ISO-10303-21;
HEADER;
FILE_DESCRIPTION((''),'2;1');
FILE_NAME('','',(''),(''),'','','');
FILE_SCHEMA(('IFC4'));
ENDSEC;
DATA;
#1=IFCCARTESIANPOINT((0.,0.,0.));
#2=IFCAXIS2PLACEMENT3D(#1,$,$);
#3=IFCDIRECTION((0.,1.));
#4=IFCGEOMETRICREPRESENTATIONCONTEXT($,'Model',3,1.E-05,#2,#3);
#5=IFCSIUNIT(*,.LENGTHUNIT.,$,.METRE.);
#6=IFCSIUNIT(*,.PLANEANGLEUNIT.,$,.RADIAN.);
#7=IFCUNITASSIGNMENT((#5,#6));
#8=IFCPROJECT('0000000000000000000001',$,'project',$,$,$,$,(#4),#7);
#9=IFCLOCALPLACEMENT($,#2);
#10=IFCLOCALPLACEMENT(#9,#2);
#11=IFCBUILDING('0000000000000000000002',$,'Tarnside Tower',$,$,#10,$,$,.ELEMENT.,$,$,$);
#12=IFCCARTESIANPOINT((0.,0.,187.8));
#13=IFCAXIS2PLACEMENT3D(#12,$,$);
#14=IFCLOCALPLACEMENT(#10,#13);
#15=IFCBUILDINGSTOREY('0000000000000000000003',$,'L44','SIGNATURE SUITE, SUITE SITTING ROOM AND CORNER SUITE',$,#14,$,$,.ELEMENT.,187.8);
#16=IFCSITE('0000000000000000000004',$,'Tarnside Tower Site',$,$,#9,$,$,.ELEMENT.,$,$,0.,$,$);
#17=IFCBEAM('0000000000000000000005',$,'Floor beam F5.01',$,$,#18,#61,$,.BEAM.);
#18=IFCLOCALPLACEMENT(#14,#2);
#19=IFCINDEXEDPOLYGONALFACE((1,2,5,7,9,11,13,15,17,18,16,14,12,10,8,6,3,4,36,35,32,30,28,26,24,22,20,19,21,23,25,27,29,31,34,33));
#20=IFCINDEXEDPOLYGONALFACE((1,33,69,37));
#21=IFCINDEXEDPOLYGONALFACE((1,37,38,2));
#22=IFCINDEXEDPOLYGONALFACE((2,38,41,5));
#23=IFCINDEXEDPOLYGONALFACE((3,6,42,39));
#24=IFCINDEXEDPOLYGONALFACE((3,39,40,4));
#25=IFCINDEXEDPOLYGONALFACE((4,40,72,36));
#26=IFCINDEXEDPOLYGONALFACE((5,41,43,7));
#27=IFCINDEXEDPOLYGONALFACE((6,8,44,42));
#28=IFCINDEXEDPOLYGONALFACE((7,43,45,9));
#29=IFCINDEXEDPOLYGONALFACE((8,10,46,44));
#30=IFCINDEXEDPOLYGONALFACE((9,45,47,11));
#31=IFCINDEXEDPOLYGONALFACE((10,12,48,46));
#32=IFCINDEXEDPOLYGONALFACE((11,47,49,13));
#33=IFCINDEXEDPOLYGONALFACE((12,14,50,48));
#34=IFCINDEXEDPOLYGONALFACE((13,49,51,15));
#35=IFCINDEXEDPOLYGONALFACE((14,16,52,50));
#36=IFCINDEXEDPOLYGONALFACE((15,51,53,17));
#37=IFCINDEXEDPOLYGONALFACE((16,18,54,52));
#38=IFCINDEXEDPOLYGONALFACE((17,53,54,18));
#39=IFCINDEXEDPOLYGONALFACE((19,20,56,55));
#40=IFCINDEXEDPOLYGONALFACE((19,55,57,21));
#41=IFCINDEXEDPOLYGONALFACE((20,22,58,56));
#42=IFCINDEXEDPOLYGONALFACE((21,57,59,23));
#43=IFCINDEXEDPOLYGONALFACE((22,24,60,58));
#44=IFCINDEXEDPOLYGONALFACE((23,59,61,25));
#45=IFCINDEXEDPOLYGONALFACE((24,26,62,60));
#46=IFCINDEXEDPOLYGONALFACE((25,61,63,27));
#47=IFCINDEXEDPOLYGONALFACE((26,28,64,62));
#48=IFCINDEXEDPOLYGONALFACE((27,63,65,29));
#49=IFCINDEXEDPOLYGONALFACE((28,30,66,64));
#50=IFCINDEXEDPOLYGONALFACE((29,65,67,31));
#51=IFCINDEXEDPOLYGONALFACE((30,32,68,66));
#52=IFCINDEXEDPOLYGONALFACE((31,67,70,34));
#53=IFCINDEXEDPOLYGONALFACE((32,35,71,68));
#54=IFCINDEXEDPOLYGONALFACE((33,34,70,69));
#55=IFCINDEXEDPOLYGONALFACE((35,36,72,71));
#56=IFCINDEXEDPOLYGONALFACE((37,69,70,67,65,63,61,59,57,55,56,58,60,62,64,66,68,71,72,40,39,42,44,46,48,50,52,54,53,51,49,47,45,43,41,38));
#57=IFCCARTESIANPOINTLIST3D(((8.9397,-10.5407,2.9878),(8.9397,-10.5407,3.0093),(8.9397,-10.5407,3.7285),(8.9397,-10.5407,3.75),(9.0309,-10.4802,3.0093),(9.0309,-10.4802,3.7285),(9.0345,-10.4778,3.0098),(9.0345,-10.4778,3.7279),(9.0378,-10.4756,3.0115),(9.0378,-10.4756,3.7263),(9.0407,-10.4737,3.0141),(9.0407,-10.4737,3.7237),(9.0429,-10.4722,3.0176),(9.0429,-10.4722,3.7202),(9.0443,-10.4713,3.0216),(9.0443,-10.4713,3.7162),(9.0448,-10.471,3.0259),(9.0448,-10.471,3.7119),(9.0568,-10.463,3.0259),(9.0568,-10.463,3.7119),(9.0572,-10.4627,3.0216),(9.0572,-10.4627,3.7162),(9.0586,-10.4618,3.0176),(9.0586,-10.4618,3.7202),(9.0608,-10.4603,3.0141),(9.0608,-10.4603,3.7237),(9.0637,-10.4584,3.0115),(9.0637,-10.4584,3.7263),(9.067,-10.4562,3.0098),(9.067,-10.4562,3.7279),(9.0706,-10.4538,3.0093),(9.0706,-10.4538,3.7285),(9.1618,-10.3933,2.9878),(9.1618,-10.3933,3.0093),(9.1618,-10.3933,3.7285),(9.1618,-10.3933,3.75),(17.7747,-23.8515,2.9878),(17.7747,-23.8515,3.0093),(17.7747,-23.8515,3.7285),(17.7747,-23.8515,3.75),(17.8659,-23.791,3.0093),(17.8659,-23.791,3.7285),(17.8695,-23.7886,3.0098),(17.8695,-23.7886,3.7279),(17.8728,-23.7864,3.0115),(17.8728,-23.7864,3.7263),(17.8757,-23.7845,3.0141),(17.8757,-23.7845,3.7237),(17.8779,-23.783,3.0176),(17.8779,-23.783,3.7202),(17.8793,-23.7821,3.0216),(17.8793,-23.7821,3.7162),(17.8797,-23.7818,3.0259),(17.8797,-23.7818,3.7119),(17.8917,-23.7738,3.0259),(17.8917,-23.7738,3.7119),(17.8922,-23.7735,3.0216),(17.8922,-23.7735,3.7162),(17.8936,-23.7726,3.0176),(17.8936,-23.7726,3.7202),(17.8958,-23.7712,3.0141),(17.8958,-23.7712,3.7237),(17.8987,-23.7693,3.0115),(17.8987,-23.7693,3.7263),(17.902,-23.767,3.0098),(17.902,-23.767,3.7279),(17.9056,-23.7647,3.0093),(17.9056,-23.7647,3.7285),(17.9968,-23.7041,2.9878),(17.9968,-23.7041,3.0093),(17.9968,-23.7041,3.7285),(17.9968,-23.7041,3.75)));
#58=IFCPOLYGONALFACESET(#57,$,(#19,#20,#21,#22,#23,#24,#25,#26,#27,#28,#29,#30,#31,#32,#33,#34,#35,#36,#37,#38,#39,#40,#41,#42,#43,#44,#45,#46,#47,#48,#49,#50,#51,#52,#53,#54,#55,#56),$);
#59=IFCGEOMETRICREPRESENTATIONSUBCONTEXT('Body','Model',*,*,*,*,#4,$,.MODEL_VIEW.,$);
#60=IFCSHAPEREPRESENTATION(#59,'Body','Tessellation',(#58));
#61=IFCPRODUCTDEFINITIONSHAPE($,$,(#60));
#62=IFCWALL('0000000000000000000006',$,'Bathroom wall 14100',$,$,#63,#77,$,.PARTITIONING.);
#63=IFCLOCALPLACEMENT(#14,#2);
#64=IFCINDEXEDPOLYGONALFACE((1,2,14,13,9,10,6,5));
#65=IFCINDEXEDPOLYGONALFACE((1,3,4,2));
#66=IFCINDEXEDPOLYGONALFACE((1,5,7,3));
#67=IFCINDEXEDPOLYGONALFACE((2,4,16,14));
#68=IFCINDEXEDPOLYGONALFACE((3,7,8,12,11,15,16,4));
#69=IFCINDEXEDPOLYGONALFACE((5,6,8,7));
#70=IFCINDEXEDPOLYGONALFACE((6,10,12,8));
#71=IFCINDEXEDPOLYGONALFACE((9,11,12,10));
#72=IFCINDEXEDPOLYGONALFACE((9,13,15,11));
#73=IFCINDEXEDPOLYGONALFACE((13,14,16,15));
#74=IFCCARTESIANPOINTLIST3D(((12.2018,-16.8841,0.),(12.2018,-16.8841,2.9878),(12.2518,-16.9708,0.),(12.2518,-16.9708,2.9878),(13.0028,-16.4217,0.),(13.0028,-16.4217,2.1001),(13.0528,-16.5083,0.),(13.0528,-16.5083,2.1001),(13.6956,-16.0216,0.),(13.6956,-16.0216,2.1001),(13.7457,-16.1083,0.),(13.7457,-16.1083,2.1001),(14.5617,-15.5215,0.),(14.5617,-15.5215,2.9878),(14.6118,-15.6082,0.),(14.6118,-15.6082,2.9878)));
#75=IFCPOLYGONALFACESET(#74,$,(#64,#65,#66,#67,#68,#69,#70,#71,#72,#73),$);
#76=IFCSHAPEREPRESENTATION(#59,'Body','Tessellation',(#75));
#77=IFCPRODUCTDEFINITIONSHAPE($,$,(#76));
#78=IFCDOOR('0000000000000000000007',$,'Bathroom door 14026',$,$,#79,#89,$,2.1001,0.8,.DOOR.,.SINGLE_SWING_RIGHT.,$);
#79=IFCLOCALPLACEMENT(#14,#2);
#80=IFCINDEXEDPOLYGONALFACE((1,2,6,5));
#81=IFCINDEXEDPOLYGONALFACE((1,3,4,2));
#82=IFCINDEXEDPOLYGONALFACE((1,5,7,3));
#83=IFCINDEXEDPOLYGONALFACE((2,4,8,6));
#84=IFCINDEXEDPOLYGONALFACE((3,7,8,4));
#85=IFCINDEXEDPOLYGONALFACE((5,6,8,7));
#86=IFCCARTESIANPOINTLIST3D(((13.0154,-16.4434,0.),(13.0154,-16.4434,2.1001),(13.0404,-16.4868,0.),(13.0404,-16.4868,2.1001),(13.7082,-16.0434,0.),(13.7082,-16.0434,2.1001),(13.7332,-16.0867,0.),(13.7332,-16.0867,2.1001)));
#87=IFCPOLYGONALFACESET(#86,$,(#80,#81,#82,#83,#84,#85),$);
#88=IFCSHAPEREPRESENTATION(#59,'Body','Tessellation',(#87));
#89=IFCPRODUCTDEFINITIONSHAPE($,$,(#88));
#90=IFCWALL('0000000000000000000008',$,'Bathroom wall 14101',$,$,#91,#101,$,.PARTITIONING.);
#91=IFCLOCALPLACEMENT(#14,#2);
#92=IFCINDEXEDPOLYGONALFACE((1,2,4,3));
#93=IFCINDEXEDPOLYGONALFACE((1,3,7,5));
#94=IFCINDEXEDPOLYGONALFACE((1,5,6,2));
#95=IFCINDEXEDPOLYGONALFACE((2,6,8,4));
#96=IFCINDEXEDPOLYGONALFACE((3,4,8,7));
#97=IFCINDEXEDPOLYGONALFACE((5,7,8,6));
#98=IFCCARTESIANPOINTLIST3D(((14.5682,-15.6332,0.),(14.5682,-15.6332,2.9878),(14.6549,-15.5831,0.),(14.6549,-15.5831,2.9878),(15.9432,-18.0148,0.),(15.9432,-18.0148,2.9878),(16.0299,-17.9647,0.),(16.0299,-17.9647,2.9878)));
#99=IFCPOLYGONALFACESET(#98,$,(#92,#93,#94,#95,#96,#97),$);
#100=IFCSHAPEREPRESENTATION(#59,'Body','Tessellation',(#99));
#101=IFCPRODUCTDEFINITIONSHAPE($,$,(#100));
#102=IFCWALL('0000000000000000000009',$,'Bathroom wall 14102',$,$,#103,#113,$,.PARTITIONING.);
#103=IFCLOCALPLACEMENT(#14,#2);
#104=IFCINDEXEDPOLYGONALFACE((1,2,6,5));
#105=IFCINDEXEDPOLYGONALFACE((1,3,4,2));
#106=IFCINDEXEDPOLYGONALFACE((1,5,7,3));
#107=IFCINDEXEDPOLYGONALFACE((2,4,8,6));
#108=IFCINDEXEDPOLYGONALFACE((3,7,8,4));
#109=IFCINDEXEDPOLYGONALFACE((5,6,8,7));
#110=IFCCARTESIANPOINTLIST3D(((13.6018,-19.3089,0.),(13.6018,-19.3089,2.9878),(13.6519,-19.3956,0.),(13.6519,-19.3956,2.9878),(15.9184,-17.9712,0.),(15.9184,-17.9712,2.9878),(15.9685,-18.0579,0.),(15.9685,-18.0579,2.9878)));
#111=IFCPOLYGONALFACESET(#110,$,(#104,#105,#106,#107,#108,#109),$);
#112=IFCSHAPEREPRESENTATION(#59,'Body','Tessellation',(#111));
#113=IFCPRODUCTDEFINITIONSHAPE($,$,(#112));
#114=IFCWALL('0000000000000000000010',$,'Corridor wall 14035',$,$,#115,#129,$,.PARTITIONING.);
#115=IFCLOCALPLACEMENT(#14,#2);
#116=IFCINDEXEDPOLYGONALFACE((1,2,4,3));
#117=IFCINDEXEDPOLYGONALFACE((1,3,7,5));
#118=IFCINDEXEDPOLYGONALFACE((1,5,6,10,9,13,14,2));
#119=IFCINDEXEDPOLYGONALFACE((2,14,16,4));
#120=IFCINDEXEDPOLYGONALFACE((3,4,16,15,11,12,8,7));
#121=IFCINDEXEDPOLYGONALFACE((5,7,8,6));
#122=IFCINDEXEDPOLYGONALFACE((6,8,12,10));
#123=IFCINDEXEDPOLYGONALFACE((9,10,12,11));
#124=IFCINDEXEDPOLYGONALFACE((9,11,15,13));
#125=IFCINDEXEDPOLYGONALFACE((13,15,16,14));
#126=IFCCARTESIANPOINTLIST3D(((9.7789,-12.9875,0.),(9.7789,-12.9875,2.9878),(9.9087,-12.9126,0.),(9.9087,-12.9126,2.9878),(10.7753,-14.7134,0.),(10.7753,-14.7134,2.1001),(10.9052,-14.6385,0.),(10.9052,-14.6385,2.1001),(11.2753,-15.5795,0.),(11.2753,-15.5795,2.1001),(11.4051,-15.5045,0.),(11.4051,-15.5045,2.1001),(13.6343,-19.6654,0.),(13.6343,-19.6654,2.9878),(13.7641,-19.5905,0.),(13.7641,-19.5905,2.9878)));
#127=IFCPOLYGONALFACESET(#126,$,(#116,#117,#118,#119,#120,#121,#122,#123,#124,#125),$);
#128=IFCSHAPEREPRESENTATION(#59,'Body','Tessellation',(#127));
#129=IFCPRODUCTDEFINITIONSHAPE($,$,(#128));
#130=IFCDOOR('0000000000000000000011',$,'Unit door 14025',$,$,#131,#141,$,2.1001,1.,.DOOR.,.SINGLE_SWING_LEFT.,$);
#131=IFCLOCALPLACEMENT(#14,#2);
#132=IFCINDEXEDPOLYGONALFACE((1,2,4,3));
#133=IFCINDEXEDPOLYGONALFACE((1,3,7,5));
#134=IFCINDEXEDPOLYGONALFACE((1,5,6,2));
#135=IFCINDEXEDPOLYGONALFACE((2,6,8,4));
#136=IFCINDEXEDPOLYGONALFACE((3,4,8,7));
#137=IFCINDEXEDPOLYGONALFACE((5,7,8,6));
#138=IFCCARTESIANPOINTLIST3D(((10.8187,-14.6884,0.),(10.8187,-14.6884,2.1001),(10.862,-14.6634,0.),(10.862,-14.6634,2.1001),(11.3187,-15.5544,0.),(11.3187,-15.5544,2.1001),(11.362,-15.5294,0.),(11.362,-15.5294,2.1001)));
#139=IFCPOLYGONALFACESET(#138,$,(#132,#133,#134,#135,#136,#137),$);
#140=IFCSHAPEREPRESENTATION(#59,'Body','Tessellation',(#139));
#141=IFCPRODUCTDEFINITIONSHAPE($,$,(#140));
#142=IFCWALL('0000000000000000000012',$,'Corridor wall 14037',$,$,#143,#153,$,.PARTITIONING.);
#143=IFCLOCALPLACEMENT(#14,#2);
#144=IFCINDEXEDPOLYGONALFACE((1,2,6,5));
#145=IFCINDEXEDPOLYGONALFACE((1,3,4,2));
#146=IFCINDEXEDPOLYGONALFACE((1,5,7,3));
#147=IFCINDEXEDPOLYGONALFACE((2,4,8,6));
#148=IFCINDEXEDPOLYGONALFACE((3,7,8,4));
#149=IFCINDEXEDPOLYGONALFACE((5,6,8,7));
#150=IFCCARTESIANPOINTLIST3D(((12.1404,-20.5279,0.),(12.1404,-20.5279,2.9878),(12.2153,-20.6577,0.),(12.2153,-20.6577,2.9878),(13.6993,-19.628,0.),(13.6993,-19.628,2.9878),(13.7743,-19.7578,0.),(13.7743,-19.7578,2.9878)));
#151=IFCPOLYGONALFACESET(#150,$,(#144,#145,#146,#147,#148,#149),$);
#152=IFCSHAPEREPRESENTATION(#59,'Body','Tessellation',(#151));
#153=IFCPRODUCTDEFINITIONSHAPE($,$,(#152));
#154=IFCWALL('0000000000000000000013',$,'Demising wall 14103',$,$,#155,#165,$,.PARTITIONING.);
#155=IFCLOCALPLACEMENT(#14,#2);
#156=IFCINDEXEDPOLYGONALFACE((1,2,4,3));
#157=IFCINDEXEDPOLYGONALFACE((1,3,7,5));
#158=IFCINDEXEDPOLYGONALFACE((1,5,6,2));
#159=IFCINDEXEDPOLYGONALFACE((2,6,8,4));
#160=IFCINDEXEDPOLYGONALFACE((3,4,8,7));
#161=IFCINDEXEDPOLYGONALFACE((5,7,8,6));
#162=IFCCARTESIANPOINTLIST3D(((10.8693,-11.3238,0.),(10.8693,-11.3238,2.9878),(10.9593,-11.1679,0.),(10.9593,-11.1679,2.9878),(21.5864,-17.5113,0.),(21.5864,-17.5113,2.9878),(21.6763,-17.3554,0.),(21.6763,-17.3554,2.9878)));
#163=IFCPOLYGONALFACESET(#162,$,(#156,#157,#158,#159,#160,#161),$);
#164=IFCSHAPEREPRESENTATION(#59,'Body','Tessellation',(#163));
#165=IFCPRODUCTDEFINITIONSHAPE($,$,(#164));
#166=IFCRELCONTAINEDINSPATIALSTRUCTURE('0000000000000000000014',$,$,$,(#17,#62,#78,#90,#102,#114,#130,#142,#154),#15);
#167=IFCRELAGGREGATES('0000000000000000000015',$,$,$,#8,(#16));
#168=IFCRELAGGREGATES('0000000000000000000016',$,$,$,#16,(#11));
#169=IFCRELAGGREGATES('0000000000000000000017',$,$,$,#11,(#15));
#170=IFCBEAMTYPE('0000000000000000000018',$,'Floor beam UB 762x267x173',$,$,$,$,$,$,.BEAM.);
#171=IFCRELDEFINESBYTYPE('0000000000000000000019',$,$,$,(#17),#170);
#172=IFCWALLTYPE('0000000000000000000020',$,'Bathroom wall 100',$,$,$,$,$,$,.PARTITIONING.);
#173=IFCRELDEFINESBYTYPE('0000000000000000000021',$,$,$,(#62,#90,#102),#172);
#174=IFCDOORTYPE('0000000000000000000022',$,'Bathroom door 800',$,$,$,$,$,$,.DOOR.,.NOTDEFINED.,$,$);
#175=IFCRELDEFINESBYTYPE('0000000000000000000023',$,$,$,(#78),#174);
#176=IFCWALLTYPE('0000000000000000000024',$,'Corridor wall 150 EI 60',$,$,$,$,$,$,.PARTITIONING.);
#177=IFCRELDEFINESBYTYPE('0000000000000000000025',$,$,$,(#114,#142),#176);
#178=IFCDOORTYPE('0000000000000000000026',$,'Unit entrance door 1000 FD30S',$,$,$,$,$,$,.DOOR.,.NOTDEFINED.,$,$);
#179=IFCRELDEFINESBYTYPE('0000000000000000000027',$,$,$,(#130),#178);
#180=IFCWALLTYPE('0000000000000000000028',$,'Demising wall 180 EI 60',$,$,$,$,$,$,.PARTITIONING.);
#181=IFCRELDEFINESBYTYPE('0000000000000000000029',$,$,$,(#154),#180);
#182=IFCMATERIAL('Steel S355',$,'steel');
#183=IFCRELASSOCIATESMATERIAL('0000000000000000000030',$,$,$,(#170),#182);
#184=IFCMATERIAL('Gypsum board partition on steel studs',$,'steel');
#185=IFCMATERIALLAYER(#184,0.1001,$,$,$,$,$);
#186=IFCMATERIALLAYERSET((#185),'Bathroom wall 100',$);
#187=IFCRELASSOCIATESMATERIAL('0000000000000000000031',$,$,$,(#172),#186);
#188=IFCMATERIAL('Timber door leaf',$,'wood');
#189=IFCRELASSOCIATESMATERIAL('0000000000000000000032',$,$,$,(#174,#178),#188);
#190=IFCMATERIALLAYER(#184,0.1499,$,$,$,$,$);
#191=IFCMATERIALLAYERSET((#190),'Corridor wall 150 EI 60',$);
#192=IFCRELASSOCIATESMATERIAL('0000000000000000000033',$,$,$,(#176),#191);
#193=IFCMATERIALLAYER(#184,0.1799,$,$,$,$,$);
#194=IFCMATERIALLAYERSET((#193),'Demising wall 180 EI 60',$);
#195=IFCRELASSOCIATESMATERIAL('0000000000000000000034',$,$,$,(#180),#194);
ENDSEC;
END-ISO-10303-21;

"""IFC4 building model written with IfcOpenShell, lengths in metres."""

from ifc_helpers import new_model, si_unit, direction, frame, frame_2d, origin, origin_2d, place, context, subcontext, project, spatial, rectangle, i_section, extrude, material, layer, layer_set, material_profile, profile_set, type_object, element, fill, save


model = new_model("IFC4")

# Units and contexts
model_context = context("Model", 3, precision=1e-05, world=origin(), true_north=direction((0.0, 1.0)))
body_context = subcontext(model_context, "Body", "Model", "MODEL_VIEW")
ifc_project = project(units=[si_unit("LENGTHUNIT", "METRE"), si_unit("PLANEANGLEUNIT", "RADIAN")], contexts=[model_context])

# Site, building, storey
site_placement = place(None, origin())
site = spatial("IfcSite", under=ifc_project, at=site_placement, Name="Tarnside Tower Site", CompositionType="ELEMENT", RefElevation=0.0)
building_placement = place(site_placement, origin())
building = spatial("IfcBuilding", under=site, at=building_placement, Name="Tarnside Tower", CompositionType="ELEMENT")
storey_placement = place(building_placement, frame((0.0, 0.0, 187.8)))
storey = spatial("IfcBuildingStorey", under=building, at=storey_placement, Name="L44", Description="SIGNATURE SUITE, SUITE SITTING ROOM AND CORNER SUITE", CompositionType="ELEMENT", Elevation=187.8)

# Beam
ifc_material_1 = material(Name="Steel S355", Category="steel")
ifc_material_profile_1 = material_profile(ifc_material_1, i_section(OverallWidth=0.2666, OverallDepth=0.7622, WebThickness=0.0144, FlangeThickness=0.0215, FilletRadius=0.0166, at=origin_2d()), Name="UB 762x267x173")
ifc_profile_set_1 = profile_set([ifc_material_profile_1], Name="Steel S355")
beam_type_1 = type_object("IfcBeamType", Name="Floor beam UB 762x267x173", PredefinedType="BEAM", material=ifc_profile_set_1)
beam_1_placement = place(storey_placement, frame((17.8857, -23.7778, 3.3689), z_axis=(-0.553013, 0.833172, 0.0), x_axis=(-0.833172, -0.553013, 0.0)))
element("IfcBeam", 1, at=beam_1_placement, inside=storey, type_object=beam_type_1, Name="Floor beam F5.01", PredefinedType="BEAM", context=body_context, shape_type="SweptSolid", body=[
    extrude(i_section(OverallWidth=0.2666, OverallDepth=0.7622, WebThickness=0.0144, FlangeThickness=0.0215, FilletRadius=0.0166, at=origin_2d()), origin(), (0.0, 0.0, 1.0), 15.9761),
])

# Wall, opening, door
ifc_material_2 = material(Name="Gypsum board partition on steel studs", Category="steel")
ifc_layer_1 = layer(ifc_material_2, 0.1001)
ifc_layer_set_1 = layer_set([ifc_layer_1], Name="Bathroom wall 100")
wall_type_1 = type_object("IfcWallType", Name="Bathroom wall 100", PredefinedType="PARTITIONING", material=ifc_layer_set_1)
wall_1_placement = place(storey_placement, frame((12.2268, -16.9275, 0.0), z_axis=(0.0, 0.0, 1.0), x_axis=(0.866013, 0.500022, 0.0)))
wall_1 = element("IfcWall", 2, at=wall_1_placement, inside=storey, type_object=wall_type_1, Name="Bathroom wall 14100", PredefinedType="PARTITIONING", context=body_context, shape_type="SweptSolid", body=[
    extrude(rectangle(XDim=2.7251, YDim=0.1001, at=frame_2d((1.3625, 0.0))), origin(), (0.0, 0.0, 1.0), 2.9878),
])
opening_1_placement = place(wall_1_placement, frame((0.925, 0.0, 0.0)))
opening_1 = element("IfcOpeningElement", 3, at=opening_1_placement, cuts=wall_1, PredefinedType="OPENING", context=body_context, shape_type="SweptSolid", body=[
    extrude(rectangle(XDim=0.8, YDim=2.1001, at=frame_2d((0.3999, 1.05))), frame((0.0, 0.0601, 0.0), z_axis=(0.0, -1.0, 0.0), x_axis=(1.0, 0.0, 0.0)), (0.0, 0.0, 1.0), 0.1201),
])
ifc_material_3 = material(Name="Timber door leaf", Category="wood")
door_type_1 = type_object("IfcDoorType", Name="Bathroom door 800", OperationType="NOTDEFINED", PredefinedType="DOOR", material=ifc_material_3)
door_1_placement = place(opening_1_placement, origin())
door_1 = element("IfcDoor", 4, at=door_1_placement, inside=storey, type_object=door_type_1, Name="Bathroom door 14026", OperationType="SINGLE_SWING_RIGHT", OverallHeight=2.1001, OverallWidth=0.8, PredefinedType="DOOR", context=body_context, shape_type="SweptSolid", body=[
    extrude(rectangle(XDim=0.8, YDim=2.1001, at=frame_2d((0.3999, 1.05))), frame((0.0, 0.0249, 0.0), z_axis=(0.0, -1.0, 0.0), x_axis=(1.0, 0.0, 0.0)), (0.0, 0.0, 1.0), 0.05),
])
fill(opening_1, door_1)

# Walls
wall_2_placement = place(storey_placement, frame((14.6116, -15.6082, 0.0), z_axis=(0.0, 0.0, 1.0), x_axis=(0.499997, -0.866027, 0.0)))
element("IfcWall", 5, at=wall_2_placement, inside=storey, type_object=wall_type_1, Name="Bathroom wall 14101", PredefinedType="PARTITIONING", context=body_context, shape_type="SweptSolid", body=[
    extrude(rectangle(XDim=2.75, YDim=0.1001, at=frame_2d((1.375, 0.0))), origin(), (0.0, 0.0, 1.0), 2.9878),
])
wall_3_placement = place(storey_placement, frame((15.9434, -18.0146, 0.0), z_axis=(0.0, 0.0, 1.0), x_axis=(-0.866005, -0.500036, 0.0)))
element("IfcWall", 6, at=wall_3_placement, inside=storey, type_object=wall_type_1, Name="Bathroom wall 14102", PredefinedType="PARTITIONING", context=body_context, shape_type="SweptSolid", body=[
    extrude(rectangle(XDim=2.675, YDim=0.1001, at=frame_2d((1.3374, 0.0))), origin(), (0.0, 0.0, 1.0), 2.9878),
])

# Wall, opening, door
ifc_layer_2 = layer(ifc_material_2, 0.1499)
ifc_layer_set_2 = layer_set([ifc_layer_2], Name="Corridor wall 150 EI 60")
wall_type_2 = type_object("IfcWallType", Name="Corridor wall 150 EI 60", PredefinedType="PARTITIONING", material=ifc_layer_set_2)
wall_4_placement = place(storey_placement, frame((13.6992, -19.6279, 0.0), z_axis=(0.0, 0.0, 1.0), x_axis=(-0.499994, 0.866029, 0.0)))
wall_4 = element("IfcWall", 7, at=wall_4_placement, inside=storey, type_object=wall_type_2, Name="Corridor wall 14035", PredefinedType="PARTITIONING", context=body_context, shape_type="SweptSolid", body=[
    extrude(rectangle(XDim=7.7109, YDim=0.1499, at=frame_2d((3.8555, 0.0))), origin(), (0.0, 0.0, 1.0), 2.9878),
])
opening_2_placement = place(wall_4_placement, frame((4.718, 0.0, 0.0)))
opening_2 = element("IfcOpeningElement", 8, at=opening_2_placement, cuts=wall_4, PredefinedType="OPENING", context=body_context, shape_type="SweptSolid", body=[
    extrude(rectangle(XDim=1.0, YDim=2.1001, at=frame_2d((0.5, 1.05))), frame((0.0, 0.085, 0.0), z_axis=(0.0, -1.0, 0.0), x_axis=(1.0, 0.0, 0.0)), (0.0, 0.0, 1.0), 0.1699),
])
door_type_2 = type_object("IfcDoorType", Name="Unit entrance door 1000 FD30S", OperationType="NOTDEFINED", PredefinedType="DOOR", material=ifc_material_3)
door_2_placement = place(opening_2_placement, origin())
door_2 = element("IfcDoor", 9, at=door_2_placement, inside=storey, type_object=door_type_2, Name="Unit door 14025", OperationType="SINGLE_SWING_LEFT", OverallHeight=2.1001, OverallWidth=1.0, PredefinedType="DOOR", context=body_context, shape_type="SweptSolid", body=[
    extrude(rectangle(XDim=1.0, YDim=2.1001, at=frame_2d((0.5, 1.05))), frame((0.0, 0.0249, 0.0), z_axis=(0.0, -1.0, 0.0), x_axis=(1.0, 0.0, 0.0)), (0.0, 0.0, 1.0), 0.05),
])
fill(opening_2, door_2)

# Walls
wall_5_placement = place(storey_placement, frame((12.178, -20.5928, 0.0), z_axis=(0.0, 0.0, 1.0), x_axis=(0.866048, 0.499961, 0.0)))
element("IfcWall", 10, at=wall_5_placement, inside=storey, type_object=wall_type_2, Name="Corridor wall 14037", PredefinedType="PARTITIONING", context=body_context, shape_type="SweptSolid", body=[
    extrude(rectangle(XDim=1.8, YDim=0.1499, at=frame_2d((0.8999, 0.0))), origin(), (0.0, 0.0, 1.0), 2.9878),
])
ifc_layer_3 = layer(ifc_material_2, 0.1799)
ifc_layer_set_3 = layer_set([ifc_layer_3], Name="Demising wall 180 EI 60")
wall_type_3 = type_object("IfcWallType", Name="Demising wall 180 EI 60", PredefinedType="PARTITIONING", material=ifc_layer_set_3)
wall_6_placement = place(storey_placement, frame((21.6313, -17.4333, 0.0), z_axis=(0.0, 0.0, 1.0), x_axis=(-0.866025, 0.500001, 0.0)))
element("IfcWall", 11, at=wall_6_placement, inside=storey, type_object=wall_type_3, Name="Demising wall 14103", PredefinedType="PARTITIONING", context=body_context, shape_type="SweptSolid", body=[
    extrude(rectangle(XDim=12.375, YDim=0.1799, at=frame_2d((6.1875, 0.0))), origin(), (0.0, 0.0, 1.0), 2.9878),
])

save(model, "model.ifc")
